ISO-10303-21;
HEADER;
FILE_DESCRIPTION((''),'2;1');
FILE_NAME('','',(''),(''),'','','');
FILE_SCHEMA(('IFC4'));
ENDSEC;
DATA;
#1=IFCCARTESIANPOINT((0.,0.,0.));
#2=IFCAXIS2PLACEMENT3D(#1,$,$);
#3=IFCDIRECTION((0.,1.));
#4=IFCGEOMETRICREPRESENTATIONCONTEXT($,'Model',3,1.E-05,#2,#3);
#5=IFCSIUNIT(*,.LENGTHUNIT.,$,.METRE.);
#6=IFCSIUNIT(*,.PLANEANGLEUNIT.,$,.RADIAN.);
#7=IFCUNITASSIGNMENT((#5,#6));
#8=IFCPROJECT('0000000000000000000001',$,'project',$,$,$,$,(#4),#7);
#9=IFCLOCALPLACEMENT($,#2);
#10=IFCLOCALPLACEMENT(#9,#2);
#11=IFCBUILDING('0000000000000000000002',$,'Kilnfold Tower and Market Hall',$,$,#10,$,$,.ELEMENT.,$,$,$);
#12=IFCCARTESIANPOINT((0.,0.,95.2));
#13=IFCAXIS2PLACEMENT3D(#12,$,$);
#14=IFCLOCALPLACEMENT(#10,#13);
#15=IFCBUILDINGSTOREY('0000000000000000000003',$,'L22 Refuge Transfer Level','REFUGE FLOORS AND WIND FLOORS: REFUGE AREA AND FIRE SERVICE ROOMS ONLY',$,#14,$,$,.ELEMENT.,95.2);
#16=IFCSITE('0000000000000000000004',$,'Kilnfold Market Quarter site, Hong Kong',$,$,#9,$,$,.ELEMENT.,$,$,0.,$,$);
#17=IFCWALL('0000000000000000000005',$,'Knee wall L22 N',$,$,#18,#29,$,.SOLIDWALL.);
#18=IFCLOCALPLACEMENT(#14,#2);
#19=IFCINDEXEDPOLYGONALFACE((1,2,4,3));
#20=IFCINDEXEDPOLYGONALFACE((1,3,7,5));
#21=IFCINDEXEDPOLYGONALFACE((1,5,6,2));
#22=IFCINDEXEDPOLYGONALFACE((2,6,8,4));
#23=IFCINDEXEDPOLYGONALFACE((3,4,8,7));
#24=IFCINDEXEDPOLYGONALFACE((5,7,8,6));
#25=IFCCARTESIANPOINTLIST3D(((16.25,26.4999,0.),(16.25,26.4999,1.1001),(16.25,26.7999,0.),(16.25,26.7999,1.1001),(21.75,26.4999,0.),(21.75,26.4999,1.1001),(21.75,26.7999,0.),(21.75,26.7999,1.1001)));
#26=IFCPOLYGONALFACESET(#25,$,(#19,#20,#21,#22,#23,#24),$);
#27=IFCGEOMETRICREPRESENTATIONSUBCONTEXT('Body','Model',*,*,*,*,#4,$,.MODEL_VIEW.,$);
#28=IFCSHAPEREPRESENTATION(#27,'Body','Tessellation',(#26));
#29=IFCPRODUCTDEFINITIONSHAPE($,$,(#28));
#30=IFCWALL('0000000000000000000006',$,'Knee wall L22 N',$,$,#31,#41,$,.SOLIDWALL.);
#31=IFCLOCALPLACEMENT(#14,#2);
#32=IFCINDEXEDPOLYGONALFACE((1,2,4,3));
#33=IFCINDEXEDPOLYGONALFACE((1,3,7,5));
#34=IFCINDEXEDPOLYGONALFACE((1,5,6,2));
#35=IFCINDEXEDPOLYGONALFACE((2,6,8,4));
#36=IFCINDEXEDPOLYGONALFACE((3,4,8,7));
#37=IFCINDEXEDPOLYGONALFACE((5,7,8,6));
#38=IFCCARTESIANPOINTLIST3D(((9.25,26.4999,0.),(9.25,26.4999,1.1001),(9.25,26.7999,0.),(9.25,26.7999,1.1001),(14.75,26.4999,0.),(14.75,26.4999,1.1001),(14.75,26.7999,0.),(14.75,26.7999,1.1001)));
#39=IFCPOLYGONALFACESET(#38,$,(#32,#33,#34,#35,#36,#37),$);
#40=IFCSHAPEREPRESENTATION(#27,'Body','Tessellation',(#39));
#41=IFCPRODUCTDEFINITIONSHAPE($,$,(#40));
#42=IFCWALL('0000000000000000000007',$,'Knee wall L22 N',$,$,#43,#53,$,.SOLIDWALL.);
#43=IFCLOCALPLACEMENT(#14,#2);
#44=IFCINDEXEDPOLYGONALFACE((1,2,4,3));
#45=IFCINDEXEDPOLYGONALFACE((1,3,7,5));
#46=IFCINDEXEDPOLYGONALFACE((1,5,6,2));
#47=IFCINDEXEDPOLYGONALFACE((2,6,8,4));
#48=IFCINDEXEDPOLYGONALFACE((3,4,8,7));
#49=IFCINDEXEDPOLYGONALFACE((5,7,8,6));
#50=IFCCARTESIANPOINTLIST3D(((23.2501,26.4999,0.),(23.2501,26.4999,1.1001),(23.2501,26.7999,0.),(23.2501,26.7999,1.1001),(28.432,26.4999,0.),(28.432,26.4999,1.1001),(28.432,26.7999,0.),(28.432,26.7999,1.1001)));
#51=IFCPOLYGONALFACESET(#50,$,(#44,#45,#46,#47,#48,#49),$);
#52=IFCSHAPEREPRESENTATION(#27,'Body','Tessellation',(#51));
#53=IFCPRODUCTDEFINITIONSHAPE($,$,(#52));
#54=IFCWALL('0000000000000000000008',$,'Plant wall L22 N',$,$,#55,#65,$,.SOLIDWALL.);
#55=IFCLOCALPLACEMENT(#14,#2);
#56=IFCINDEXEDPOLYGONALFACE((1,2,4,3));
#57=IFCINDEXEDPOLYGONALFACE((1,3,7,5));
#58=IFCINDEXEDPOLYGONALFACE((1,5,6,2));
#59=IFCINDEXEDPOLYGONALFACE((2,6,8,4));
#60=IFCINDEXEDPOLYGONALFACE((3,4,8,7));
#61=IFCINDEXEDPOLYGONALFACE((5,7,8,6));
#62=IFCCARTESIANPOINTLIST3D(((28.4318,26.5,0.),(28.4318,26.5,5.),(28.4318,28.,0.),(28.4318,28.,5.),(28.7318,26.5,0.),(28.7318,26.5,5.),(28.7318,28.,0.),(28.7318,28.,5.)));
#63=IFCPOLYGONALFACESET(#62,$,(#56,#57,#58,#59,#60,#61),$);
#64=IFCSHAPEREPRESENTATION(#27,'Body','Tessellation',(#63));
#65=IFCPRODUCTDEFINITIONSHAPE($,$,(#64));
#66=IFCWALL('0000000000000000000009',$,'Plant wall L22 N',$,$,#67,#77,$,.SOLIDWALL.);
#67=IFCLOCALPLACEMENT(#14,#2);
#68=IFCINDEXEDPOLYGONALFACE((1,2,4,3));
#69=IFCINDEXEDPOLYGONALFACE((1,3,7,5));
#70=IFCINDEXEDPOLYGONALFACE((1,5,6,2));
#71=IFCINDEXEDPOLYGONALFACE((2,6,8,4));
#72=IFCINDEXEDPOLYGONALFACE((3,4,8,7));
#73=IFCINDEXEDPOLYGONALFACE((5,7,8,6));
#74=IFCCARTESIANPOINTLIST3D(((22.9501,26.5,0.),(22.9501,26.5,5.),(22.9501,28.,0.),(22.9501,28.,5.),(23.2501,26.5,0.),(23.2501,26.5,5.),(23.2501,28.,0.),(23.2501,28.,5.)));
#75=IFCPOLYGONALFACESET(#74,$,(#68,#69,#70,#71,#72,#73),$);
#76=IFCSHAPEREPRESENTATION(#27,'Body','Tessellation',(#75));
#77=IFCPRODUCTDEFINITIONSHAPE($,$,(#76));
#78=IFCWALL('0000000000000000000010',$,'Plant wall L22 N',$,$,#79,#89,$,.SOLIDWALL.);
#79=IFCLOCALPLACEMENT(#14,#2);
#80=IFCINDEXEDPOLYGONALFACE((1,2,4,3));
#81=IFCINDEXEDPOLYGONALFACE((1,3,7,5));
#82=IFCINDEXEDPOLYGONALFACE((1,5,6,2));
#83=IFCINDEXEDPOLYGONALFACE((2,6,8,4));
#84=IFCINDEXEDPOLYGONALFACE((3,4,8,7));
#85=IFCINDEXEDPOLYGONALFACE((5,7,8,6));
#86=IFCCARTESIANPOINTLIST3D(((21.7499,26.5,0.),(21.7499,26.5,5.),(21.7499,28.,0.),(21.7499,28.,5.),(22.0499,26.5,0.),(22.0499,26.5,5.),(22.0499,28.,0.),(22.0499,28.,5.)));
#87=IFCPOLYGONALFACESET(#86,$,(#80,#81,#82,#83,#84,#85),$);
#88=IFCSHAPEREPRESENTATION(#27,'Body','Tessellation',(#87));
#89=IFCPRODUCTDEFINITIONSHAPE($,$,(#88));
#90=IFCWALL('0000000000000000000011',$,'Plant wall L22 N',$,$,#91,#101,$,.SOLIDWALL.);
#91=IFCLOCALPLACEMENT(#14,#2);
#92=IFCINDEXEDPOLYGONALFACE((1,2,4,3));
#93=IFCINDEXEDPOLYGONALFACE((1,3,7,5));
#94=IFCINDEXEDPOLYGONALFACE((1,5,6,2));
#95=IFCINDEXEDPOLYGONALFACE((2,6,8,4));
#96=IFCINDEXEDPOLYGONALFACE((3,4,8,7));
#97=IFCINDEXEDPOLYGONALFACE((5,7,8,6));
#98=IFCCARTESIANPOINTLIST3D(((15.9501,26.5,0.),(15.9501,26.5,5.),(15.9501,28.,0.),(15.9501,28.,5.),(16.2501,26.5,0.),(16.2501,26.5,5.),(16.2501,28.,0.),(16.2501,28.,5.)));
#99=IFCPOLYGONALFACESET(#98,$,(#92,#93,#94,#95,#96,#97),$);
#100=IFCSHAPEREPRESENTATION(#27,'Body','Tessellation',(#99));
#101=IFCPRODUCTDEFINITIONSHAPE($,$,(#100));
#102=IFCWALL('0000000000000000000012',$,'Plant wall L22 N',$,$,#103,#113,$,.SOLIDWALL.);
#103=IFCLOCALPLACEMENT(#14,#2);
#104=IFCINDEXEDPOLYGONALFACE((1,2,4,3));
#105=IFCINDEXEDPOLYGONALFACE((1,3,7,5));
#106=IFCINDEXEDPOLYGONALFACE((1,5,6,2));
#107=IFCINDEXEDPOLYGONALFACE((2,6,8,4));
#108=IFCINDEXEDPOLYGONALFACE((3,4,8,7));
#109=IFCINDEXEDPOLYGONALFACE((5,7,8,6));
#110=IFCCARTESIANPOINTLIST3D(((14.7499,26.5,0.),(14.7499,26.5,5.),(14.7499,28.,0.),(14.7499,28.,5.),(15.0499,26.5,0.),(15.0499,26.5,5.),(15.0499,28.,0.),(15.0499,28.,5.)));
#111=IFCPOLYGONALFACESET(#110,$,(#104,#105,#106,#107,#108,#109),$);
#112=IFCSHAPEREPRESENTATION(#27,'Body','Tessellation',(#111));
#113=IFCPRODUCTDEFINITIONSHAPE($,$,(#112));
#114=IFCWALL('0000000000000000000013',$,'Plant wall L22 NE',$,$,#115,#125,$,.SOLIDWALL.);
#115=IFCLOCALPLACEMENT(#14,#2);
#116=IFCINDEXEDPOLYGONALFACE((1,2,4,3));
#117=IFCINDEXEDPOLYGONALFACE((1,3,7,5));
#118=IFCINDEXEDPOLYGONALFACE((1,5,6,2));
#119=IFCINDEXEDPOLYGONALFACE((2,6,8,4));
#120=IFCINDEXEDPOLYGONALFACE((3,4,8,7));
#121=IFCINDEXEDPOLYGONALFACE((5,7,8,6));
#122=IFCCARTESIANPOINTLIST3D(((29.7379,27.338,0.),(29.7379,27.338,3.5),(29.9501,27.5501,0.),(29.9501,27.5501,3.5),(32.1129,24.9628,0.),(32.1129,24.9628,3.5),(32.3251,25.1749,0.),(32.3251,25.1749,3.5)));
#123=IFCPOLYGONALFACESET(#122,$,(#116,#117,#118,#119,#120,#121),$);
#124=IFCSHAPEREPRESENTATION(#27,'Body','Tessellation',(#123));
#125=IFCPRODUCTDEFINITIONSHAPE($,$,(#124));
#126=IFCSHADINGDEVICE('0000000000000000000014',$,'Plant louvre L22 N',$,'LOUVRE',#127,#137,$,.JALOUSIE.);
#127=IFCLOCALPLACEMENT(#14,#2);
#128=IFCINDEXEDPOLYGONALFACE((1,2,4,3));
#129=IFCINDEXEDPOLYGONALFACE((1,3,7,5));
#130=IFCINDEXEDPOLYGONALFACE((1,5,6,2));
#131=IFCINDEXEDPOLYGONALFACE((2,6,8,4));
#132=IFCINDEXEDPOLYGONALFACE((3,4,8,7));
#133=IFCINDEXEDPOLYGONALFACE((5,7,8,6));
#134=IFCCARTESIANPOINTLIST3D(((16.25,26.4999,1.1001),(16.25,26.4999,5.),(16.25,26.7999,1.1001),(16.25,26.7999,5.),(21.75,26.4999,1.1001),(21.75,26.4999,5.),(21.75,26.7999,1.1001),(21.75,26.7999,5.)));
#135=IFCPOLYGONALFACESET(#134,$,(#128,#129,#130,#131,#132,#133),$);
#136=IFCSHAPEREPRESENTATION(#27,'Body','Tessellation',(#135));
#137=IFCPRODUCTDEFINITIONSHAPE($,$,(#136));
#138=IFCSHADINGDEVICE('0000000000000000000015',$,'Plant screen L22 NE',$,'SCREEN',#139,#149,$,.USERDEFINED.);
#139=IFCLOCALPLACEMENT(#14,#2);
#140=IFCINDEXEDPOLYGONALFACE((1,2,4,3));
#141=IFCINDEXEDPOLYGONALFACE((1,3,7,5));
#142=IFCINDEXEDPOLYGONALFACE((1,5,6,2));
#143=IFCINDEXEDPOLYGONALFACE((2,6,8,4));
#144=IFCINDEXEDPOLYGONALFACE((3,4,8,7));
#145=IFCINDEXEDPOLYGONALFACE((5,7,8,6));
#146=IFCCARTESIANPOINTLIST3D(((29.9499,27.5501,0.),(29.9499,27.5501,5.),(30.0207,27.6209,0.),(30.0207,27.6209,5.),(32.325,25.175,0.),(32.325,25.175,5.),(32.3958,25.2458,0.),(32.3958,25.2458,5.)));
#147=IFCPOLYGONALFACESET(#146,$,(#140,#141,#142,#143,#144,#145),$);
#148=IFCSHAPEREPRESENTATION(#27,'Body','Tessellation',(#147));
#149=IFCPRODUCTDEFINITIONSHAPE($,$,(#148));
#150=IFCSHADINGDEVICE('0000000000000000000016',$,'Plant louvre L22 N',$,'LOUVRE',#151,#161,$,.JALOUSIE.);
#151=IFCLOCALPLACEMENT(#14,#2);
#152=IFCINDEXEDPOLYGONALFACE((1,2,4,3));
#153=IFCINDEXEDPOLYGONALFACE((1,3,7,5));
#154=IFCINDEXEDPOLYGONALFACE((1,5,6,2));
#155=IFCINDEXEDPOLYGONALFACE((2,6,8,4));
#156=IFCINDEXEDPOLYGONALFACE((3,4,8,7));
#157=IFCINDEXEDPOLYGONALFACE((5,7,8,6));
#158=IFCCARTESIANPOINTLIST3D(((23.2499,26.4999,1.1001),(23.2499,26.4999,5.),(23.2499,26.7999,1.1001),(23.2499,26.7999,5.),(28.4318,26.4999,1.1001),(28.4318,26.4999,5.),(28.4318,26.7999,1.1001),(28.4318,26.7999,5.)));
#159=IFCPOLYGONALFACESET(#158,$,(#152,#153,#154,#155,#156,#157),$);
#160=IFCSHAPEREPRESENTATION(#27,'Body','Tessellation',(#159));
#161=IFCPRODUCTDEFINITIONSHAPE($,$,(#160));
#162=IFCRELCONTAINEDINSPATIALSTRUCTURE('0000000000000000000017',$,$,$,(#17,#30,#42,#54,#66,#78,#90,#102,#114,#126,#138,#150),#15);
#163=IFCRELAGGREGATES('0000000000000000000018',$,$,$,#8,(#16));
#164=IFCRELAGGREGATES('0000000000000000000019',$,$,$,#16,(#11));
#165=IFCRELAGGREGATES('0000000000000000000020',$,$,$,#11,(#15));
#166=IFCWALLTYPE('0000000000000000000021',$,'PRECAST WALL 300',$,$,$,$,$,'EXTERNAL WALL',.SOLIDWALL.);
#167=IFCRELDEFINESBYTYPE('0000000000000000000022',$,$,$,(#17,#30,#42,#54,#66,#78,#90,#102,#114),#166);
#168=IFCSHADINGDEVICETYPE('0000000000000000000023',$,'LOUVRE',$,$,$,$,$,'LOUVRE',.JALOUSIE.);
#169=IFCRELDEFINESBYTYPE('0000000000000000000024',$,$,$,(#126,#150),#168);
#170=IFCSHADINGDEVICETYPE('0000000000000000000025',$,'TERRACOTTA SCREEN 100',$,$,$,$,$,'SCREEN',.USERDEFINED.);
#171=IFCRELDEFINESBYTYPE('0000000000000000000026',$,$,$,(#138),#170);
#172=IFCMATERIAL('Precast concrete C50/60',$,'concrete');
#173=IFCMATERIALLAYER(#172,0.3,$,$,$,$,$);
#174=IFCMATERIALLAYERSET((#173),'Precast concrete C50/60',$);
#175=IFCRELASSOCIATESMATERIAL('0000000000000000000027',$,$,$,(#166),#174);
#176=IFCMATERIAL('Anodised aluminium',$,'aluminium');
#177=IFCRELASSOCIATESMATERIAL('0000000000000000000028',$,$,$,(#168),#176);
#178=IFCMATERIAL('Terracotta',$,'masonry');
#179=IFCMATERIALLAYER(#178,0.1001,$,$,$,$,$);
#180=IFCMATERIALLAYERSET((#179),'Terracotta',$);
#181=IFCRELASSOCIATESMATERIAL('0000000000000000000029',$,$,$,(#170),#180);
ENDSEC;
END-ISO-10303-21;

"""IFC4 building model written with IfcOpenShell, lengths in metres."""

from ifc_helpers import new_model, si_unit, direction, frame, frame_2d, origin, origin_2d, place, context, subcontext, project, spatial, rectangle, extrude, source, transform, mapped, material, layer, layer_set, type_object, element, save


model = new_model("IFC4")

# Units and contexts
model_context = context("Model", 3, precision=1e-05, world=origin(), true_north=direction((0.0, 1.0)))
body_context = subcontext(model_context, "Body", "Model", "MODEL_VIEW")
ifc_project = project(units=[si_unit("LENGTHUNIT", "METRE"), si_unit("PLANEANGLEUNIT", "RADIAN")], contexts=[model_context])

# Site, building, storey
site_placement = place(None, origin())
site = spatial("IfcSite", under=ifc_project, at=site_placement, Name="Kilnfold Market Quarter site, Hong Kong", CompositionType="ELEMENT", RefElevation=0.0)
building_placement = place(site_placement, origin())
building = spatial("IfcBuilding", under=site, at=building_placement, Name="Kilnfold Tower and Market Hall", CompositionType="ELEMENT")
storey_placement = place(building_placement, frame((0.0, 0.0, 95.2)))
storey = spatial("IfcBuildingStorey", under=building, at=storey_placement, Name="L22 Refuge Transfer Level", Description="REFUGE FLOORS AND WIND FLOORS: REFUGE AREA AND FIRE SERVICE ROOMS ONLY", CompositionType="ELEMENT", Elevation=95.2)

# Walls
ifc_material_1 = material(Name="Precast concrete C50/60", Category="concrete")
ifc_layer_1 = layer(ifc_material_1, 0.3)
ifc_layer_set_1 = layer_set([ifc_layer_1], Name="Precast concrete C50/60")
wall_type_1 = type_object("IfcWallType", Name="PRECAST WALL 300", ElementType="EXTERNAL WALL", PredefinedType="SOLIDWALL", material=ifc_layer_set_1)
shared_shape_1 = source(origin(), body_context, "Body", "SweptSolid", [
    extrude(rectangle(XDim=5.5, YDim=0.3, at=frame_2d((2.75, 0.0))), origin(), (0.0, 0.0, 1.0), 1.1001),
])
for number, where, z_axis, x_axis, name in (
    (1, (21.75, 26.6499, 0.0), (0.0, 0.0, 1.0), (-1.0, 0.0, 0.0), "Knee wall L22 N"),
    (2, (14.75, 26.6499, 0.0), (0.0, 0.0, 1.0), (-1.0, 0.0, 0.0), "Knee wall L22 N"),
):
    element("IfcWall", number, at=place(storey_placement, frame(where, z_axis=z_axis, x_axis=x_axis)), inside=storey, type_object=wall_type_1, Name=name, PredefinedType="SOLIDWALL", context=body_context, shape_type="MappedRepresentation", body=[
        mapped(shared_shape_1, transform((0.0, 0.0, 0.0))),
    ])
shared_shape_2 = source(origin(), body_context, "Body", "SweptSolid", [
    extrude(rectangle(XDim=5.1819, YDim=0.3, at=frame_2d((2.5908, 0.0))), origin(), (0.0, 0.0, 1.0), 1.1001),
])
wall_1_placement = place(storey_placement, frame((28.4319, 26.6499, 0.0), z_axis=(0.0, 0.0, 1.0), x_axis=(-1.0, 0.0, 0.0)))
element("IfcWall", 3, at=wall_1_placement, inside=storey, type_object=wall_type_1, Name="Knee wall L22 N", PredefinedType="SOLIDWALL", context=body_context, shape_type="MappedRepresentation", body=[
    mapped(shared_shape_2, transform((0.0, 0.0, 0.0))),
])
shared_shape_3 = source(origin(), body_context, "Body", "SweptSolid", [
    extrude(rectangle(XDim=1.5, YDim=0.3, at=frame_2d((0.75, 0.0))), origin(), (0.0, 0.0, 1.0), 5.0),
])
for number, where, z_axis, x_axis, name in (
    (4, (28.5818, 28.0, 0.0), (0.0, 0.0, 1.0), (0.0, -1.0, 0.0), "Plant wall L22 N"),
    (5, (23.1001, 28.0, 0.0), (0.0, 0.0, 1.0), (0.0, -1.0, 0.0), "Plant wall L22 N"),
    (6, (21.8999, 28.0, 0.0), (0.0, 0.0, 1.0), (0.0, -1.0, 0.0), "Plant wall L22 N"),
    (7, (16.1001, 28.0, 0.0), (0.0, 0.0, 1.0), (0.0, -1.0, 0.0), "Plant wall L22 N"),
    (8, (14.8999, 28.0, 0.0), (0.0, 0.0, 1.0), (0.0, -1.0, 0.0), "Plant wall L22 N"),
):
    element("IfcWall", number, at=place(storey_placement, frame(where, z_axis=z_axis, x_axis=x_axis)), inside=storey, type_object=wall_type_1, Name=name, PredefinedType="SOLIDWALL", context=body_context, shape_type="MappedRepresentation", body=[
        mapped(shared_shape_3, transform((0.0, 0.0, 0.0))),
    ])
shared_shape_4 = source(origin(), body_context, "Body", "SweptSolid", [
    extrude(rectangle(XDim=3.3589, YDim=0.3, at=frame_2d((1.6794, 0.0))), origin(), (0.0, 0.0, 1.0), 3.5),
])
wall_2_placement = place(storey_placement, frame((32.219, 25.0688, 0.0), z_axis=(0.0, 0.0, 1.0), x_axis=(-0.70707, 0.707143, 0.0)))
element("IfcWall", 9, at=wall_2_placement, inside=storey, type_object=wall_type_1, Name="Plant wall L22 NE", PredefinedType="SOLIDWALL", context=body_context, shape_type="MappedRepresentation", body=[
    mapped(shared_shape_4, transform((0.0, 0.0, 0.0))),
])

# Shading devices
ifc_material_2 = material(Name="Anodised aluminium", Category="aluminium")
shading_device_type_1 = type_object("IfcShadingDeviceType", Name="LOUVRE", ElementType="LOUVRE", PredefinedType="JALOUSIE", material=ifc_material_2)
shared_shape_5 = source(origin(), body_context, "Body", "SweptSolid", [
    extrude(rectangle(XDim=5.5, YDim=0.3, at=origin_2d()), origin(), (0.0, 0.0, 1.0), 3.8999),
])
shading_device_1_placement = place(storey_placement, frame((19.0, 26.6499, 1.1001), z_axis=(0.0, 0.0, 1.0), x_axis=(-1.0, 0.0, 0.0)))
element("IfcShadingDevice", 10, at=shading_device_1_placement, inside=storey, type_object=shading_device_type_1, Name="Plant louvre L22 N", ObjectType="LOUVRE", PredefinedType="JALOUSIE", context=body_context, shape_type="MappedRepresentation", body=[
    mapped(shared_shape_5, transform((0.0, 0.0, 0.0))),
])
ifc_material_3 = material(Name="Terracotta", Category="masonry")
ifc_layer_2 = layer(ifc_material_3, 0.1001)
ifc_layer_set_2 = layer_set([ifc_layer_2], Name="Terracotta")
shading_device_type_2 = type_object("IfcShadingDeviceType", Name="TERRACOTTA SCREEN 100", ElementType="SCREEN", PredefinedType="USERDEFINED", material=ifc_layer_set_2)
shared_shape_6 = source(origin(), body_context, "Body", "SweptSolid", [
    extrude(rectangle(XDim=3.3589, YDim=0.1001, at=origin_2d()), origin(), (0.0, 0.0, 1.0), 5.0),
])
shading_device_2_placement = place(storey_placement, frame((31.1729, 26.3979, 0.0), z_axis=(0.0, 0.0, 1.0), x_axis=(-0.707107, 0.707107, 0.0)))
element("IfcShadingDevice", 11, at=shading_device_2_placement, inside=storey, type_object=shading_device_type_2, Name="Plant screen L22 NE", ObjectType="SCREEN", PredefinedType="USERDEFINED", context=body_context, shape_type="MappedRepresentation", body=[
    mapped(shared_shape_6, transform((0.0, 0.0, 0.0))),
])
shared_shape_7 = source(origin(), body_context, "Body", "SweptSolid", [
    extrude(rectangle(XDim=5.1819, YDim=0.3, at=origin_2d()), origin(), (0.0, 0.0, 1.0), 3.8999),
])
shading_device_3_placement = place(storey_placement, frame((25.8408, 26.6499, 1.1001), z_axis=(0.0, 0.0, 1.0), x_axis=(-1.0, 0.0, 0.0)))
element("IfcShadingDevice", 12, at=shading_device_3_placement, inside=storey, type_object=shading_device_type_1, Name="Plant louvre L22 N", ObjectType="LOUVRE", PredefinedType="JALOUSIE", context=body_context, shape_type="MappedRepresentation", body=[
    mapped(shared_shape_7, transform((0.0, 0.0, 0.0))),
])

save(model, "model.ifc")
